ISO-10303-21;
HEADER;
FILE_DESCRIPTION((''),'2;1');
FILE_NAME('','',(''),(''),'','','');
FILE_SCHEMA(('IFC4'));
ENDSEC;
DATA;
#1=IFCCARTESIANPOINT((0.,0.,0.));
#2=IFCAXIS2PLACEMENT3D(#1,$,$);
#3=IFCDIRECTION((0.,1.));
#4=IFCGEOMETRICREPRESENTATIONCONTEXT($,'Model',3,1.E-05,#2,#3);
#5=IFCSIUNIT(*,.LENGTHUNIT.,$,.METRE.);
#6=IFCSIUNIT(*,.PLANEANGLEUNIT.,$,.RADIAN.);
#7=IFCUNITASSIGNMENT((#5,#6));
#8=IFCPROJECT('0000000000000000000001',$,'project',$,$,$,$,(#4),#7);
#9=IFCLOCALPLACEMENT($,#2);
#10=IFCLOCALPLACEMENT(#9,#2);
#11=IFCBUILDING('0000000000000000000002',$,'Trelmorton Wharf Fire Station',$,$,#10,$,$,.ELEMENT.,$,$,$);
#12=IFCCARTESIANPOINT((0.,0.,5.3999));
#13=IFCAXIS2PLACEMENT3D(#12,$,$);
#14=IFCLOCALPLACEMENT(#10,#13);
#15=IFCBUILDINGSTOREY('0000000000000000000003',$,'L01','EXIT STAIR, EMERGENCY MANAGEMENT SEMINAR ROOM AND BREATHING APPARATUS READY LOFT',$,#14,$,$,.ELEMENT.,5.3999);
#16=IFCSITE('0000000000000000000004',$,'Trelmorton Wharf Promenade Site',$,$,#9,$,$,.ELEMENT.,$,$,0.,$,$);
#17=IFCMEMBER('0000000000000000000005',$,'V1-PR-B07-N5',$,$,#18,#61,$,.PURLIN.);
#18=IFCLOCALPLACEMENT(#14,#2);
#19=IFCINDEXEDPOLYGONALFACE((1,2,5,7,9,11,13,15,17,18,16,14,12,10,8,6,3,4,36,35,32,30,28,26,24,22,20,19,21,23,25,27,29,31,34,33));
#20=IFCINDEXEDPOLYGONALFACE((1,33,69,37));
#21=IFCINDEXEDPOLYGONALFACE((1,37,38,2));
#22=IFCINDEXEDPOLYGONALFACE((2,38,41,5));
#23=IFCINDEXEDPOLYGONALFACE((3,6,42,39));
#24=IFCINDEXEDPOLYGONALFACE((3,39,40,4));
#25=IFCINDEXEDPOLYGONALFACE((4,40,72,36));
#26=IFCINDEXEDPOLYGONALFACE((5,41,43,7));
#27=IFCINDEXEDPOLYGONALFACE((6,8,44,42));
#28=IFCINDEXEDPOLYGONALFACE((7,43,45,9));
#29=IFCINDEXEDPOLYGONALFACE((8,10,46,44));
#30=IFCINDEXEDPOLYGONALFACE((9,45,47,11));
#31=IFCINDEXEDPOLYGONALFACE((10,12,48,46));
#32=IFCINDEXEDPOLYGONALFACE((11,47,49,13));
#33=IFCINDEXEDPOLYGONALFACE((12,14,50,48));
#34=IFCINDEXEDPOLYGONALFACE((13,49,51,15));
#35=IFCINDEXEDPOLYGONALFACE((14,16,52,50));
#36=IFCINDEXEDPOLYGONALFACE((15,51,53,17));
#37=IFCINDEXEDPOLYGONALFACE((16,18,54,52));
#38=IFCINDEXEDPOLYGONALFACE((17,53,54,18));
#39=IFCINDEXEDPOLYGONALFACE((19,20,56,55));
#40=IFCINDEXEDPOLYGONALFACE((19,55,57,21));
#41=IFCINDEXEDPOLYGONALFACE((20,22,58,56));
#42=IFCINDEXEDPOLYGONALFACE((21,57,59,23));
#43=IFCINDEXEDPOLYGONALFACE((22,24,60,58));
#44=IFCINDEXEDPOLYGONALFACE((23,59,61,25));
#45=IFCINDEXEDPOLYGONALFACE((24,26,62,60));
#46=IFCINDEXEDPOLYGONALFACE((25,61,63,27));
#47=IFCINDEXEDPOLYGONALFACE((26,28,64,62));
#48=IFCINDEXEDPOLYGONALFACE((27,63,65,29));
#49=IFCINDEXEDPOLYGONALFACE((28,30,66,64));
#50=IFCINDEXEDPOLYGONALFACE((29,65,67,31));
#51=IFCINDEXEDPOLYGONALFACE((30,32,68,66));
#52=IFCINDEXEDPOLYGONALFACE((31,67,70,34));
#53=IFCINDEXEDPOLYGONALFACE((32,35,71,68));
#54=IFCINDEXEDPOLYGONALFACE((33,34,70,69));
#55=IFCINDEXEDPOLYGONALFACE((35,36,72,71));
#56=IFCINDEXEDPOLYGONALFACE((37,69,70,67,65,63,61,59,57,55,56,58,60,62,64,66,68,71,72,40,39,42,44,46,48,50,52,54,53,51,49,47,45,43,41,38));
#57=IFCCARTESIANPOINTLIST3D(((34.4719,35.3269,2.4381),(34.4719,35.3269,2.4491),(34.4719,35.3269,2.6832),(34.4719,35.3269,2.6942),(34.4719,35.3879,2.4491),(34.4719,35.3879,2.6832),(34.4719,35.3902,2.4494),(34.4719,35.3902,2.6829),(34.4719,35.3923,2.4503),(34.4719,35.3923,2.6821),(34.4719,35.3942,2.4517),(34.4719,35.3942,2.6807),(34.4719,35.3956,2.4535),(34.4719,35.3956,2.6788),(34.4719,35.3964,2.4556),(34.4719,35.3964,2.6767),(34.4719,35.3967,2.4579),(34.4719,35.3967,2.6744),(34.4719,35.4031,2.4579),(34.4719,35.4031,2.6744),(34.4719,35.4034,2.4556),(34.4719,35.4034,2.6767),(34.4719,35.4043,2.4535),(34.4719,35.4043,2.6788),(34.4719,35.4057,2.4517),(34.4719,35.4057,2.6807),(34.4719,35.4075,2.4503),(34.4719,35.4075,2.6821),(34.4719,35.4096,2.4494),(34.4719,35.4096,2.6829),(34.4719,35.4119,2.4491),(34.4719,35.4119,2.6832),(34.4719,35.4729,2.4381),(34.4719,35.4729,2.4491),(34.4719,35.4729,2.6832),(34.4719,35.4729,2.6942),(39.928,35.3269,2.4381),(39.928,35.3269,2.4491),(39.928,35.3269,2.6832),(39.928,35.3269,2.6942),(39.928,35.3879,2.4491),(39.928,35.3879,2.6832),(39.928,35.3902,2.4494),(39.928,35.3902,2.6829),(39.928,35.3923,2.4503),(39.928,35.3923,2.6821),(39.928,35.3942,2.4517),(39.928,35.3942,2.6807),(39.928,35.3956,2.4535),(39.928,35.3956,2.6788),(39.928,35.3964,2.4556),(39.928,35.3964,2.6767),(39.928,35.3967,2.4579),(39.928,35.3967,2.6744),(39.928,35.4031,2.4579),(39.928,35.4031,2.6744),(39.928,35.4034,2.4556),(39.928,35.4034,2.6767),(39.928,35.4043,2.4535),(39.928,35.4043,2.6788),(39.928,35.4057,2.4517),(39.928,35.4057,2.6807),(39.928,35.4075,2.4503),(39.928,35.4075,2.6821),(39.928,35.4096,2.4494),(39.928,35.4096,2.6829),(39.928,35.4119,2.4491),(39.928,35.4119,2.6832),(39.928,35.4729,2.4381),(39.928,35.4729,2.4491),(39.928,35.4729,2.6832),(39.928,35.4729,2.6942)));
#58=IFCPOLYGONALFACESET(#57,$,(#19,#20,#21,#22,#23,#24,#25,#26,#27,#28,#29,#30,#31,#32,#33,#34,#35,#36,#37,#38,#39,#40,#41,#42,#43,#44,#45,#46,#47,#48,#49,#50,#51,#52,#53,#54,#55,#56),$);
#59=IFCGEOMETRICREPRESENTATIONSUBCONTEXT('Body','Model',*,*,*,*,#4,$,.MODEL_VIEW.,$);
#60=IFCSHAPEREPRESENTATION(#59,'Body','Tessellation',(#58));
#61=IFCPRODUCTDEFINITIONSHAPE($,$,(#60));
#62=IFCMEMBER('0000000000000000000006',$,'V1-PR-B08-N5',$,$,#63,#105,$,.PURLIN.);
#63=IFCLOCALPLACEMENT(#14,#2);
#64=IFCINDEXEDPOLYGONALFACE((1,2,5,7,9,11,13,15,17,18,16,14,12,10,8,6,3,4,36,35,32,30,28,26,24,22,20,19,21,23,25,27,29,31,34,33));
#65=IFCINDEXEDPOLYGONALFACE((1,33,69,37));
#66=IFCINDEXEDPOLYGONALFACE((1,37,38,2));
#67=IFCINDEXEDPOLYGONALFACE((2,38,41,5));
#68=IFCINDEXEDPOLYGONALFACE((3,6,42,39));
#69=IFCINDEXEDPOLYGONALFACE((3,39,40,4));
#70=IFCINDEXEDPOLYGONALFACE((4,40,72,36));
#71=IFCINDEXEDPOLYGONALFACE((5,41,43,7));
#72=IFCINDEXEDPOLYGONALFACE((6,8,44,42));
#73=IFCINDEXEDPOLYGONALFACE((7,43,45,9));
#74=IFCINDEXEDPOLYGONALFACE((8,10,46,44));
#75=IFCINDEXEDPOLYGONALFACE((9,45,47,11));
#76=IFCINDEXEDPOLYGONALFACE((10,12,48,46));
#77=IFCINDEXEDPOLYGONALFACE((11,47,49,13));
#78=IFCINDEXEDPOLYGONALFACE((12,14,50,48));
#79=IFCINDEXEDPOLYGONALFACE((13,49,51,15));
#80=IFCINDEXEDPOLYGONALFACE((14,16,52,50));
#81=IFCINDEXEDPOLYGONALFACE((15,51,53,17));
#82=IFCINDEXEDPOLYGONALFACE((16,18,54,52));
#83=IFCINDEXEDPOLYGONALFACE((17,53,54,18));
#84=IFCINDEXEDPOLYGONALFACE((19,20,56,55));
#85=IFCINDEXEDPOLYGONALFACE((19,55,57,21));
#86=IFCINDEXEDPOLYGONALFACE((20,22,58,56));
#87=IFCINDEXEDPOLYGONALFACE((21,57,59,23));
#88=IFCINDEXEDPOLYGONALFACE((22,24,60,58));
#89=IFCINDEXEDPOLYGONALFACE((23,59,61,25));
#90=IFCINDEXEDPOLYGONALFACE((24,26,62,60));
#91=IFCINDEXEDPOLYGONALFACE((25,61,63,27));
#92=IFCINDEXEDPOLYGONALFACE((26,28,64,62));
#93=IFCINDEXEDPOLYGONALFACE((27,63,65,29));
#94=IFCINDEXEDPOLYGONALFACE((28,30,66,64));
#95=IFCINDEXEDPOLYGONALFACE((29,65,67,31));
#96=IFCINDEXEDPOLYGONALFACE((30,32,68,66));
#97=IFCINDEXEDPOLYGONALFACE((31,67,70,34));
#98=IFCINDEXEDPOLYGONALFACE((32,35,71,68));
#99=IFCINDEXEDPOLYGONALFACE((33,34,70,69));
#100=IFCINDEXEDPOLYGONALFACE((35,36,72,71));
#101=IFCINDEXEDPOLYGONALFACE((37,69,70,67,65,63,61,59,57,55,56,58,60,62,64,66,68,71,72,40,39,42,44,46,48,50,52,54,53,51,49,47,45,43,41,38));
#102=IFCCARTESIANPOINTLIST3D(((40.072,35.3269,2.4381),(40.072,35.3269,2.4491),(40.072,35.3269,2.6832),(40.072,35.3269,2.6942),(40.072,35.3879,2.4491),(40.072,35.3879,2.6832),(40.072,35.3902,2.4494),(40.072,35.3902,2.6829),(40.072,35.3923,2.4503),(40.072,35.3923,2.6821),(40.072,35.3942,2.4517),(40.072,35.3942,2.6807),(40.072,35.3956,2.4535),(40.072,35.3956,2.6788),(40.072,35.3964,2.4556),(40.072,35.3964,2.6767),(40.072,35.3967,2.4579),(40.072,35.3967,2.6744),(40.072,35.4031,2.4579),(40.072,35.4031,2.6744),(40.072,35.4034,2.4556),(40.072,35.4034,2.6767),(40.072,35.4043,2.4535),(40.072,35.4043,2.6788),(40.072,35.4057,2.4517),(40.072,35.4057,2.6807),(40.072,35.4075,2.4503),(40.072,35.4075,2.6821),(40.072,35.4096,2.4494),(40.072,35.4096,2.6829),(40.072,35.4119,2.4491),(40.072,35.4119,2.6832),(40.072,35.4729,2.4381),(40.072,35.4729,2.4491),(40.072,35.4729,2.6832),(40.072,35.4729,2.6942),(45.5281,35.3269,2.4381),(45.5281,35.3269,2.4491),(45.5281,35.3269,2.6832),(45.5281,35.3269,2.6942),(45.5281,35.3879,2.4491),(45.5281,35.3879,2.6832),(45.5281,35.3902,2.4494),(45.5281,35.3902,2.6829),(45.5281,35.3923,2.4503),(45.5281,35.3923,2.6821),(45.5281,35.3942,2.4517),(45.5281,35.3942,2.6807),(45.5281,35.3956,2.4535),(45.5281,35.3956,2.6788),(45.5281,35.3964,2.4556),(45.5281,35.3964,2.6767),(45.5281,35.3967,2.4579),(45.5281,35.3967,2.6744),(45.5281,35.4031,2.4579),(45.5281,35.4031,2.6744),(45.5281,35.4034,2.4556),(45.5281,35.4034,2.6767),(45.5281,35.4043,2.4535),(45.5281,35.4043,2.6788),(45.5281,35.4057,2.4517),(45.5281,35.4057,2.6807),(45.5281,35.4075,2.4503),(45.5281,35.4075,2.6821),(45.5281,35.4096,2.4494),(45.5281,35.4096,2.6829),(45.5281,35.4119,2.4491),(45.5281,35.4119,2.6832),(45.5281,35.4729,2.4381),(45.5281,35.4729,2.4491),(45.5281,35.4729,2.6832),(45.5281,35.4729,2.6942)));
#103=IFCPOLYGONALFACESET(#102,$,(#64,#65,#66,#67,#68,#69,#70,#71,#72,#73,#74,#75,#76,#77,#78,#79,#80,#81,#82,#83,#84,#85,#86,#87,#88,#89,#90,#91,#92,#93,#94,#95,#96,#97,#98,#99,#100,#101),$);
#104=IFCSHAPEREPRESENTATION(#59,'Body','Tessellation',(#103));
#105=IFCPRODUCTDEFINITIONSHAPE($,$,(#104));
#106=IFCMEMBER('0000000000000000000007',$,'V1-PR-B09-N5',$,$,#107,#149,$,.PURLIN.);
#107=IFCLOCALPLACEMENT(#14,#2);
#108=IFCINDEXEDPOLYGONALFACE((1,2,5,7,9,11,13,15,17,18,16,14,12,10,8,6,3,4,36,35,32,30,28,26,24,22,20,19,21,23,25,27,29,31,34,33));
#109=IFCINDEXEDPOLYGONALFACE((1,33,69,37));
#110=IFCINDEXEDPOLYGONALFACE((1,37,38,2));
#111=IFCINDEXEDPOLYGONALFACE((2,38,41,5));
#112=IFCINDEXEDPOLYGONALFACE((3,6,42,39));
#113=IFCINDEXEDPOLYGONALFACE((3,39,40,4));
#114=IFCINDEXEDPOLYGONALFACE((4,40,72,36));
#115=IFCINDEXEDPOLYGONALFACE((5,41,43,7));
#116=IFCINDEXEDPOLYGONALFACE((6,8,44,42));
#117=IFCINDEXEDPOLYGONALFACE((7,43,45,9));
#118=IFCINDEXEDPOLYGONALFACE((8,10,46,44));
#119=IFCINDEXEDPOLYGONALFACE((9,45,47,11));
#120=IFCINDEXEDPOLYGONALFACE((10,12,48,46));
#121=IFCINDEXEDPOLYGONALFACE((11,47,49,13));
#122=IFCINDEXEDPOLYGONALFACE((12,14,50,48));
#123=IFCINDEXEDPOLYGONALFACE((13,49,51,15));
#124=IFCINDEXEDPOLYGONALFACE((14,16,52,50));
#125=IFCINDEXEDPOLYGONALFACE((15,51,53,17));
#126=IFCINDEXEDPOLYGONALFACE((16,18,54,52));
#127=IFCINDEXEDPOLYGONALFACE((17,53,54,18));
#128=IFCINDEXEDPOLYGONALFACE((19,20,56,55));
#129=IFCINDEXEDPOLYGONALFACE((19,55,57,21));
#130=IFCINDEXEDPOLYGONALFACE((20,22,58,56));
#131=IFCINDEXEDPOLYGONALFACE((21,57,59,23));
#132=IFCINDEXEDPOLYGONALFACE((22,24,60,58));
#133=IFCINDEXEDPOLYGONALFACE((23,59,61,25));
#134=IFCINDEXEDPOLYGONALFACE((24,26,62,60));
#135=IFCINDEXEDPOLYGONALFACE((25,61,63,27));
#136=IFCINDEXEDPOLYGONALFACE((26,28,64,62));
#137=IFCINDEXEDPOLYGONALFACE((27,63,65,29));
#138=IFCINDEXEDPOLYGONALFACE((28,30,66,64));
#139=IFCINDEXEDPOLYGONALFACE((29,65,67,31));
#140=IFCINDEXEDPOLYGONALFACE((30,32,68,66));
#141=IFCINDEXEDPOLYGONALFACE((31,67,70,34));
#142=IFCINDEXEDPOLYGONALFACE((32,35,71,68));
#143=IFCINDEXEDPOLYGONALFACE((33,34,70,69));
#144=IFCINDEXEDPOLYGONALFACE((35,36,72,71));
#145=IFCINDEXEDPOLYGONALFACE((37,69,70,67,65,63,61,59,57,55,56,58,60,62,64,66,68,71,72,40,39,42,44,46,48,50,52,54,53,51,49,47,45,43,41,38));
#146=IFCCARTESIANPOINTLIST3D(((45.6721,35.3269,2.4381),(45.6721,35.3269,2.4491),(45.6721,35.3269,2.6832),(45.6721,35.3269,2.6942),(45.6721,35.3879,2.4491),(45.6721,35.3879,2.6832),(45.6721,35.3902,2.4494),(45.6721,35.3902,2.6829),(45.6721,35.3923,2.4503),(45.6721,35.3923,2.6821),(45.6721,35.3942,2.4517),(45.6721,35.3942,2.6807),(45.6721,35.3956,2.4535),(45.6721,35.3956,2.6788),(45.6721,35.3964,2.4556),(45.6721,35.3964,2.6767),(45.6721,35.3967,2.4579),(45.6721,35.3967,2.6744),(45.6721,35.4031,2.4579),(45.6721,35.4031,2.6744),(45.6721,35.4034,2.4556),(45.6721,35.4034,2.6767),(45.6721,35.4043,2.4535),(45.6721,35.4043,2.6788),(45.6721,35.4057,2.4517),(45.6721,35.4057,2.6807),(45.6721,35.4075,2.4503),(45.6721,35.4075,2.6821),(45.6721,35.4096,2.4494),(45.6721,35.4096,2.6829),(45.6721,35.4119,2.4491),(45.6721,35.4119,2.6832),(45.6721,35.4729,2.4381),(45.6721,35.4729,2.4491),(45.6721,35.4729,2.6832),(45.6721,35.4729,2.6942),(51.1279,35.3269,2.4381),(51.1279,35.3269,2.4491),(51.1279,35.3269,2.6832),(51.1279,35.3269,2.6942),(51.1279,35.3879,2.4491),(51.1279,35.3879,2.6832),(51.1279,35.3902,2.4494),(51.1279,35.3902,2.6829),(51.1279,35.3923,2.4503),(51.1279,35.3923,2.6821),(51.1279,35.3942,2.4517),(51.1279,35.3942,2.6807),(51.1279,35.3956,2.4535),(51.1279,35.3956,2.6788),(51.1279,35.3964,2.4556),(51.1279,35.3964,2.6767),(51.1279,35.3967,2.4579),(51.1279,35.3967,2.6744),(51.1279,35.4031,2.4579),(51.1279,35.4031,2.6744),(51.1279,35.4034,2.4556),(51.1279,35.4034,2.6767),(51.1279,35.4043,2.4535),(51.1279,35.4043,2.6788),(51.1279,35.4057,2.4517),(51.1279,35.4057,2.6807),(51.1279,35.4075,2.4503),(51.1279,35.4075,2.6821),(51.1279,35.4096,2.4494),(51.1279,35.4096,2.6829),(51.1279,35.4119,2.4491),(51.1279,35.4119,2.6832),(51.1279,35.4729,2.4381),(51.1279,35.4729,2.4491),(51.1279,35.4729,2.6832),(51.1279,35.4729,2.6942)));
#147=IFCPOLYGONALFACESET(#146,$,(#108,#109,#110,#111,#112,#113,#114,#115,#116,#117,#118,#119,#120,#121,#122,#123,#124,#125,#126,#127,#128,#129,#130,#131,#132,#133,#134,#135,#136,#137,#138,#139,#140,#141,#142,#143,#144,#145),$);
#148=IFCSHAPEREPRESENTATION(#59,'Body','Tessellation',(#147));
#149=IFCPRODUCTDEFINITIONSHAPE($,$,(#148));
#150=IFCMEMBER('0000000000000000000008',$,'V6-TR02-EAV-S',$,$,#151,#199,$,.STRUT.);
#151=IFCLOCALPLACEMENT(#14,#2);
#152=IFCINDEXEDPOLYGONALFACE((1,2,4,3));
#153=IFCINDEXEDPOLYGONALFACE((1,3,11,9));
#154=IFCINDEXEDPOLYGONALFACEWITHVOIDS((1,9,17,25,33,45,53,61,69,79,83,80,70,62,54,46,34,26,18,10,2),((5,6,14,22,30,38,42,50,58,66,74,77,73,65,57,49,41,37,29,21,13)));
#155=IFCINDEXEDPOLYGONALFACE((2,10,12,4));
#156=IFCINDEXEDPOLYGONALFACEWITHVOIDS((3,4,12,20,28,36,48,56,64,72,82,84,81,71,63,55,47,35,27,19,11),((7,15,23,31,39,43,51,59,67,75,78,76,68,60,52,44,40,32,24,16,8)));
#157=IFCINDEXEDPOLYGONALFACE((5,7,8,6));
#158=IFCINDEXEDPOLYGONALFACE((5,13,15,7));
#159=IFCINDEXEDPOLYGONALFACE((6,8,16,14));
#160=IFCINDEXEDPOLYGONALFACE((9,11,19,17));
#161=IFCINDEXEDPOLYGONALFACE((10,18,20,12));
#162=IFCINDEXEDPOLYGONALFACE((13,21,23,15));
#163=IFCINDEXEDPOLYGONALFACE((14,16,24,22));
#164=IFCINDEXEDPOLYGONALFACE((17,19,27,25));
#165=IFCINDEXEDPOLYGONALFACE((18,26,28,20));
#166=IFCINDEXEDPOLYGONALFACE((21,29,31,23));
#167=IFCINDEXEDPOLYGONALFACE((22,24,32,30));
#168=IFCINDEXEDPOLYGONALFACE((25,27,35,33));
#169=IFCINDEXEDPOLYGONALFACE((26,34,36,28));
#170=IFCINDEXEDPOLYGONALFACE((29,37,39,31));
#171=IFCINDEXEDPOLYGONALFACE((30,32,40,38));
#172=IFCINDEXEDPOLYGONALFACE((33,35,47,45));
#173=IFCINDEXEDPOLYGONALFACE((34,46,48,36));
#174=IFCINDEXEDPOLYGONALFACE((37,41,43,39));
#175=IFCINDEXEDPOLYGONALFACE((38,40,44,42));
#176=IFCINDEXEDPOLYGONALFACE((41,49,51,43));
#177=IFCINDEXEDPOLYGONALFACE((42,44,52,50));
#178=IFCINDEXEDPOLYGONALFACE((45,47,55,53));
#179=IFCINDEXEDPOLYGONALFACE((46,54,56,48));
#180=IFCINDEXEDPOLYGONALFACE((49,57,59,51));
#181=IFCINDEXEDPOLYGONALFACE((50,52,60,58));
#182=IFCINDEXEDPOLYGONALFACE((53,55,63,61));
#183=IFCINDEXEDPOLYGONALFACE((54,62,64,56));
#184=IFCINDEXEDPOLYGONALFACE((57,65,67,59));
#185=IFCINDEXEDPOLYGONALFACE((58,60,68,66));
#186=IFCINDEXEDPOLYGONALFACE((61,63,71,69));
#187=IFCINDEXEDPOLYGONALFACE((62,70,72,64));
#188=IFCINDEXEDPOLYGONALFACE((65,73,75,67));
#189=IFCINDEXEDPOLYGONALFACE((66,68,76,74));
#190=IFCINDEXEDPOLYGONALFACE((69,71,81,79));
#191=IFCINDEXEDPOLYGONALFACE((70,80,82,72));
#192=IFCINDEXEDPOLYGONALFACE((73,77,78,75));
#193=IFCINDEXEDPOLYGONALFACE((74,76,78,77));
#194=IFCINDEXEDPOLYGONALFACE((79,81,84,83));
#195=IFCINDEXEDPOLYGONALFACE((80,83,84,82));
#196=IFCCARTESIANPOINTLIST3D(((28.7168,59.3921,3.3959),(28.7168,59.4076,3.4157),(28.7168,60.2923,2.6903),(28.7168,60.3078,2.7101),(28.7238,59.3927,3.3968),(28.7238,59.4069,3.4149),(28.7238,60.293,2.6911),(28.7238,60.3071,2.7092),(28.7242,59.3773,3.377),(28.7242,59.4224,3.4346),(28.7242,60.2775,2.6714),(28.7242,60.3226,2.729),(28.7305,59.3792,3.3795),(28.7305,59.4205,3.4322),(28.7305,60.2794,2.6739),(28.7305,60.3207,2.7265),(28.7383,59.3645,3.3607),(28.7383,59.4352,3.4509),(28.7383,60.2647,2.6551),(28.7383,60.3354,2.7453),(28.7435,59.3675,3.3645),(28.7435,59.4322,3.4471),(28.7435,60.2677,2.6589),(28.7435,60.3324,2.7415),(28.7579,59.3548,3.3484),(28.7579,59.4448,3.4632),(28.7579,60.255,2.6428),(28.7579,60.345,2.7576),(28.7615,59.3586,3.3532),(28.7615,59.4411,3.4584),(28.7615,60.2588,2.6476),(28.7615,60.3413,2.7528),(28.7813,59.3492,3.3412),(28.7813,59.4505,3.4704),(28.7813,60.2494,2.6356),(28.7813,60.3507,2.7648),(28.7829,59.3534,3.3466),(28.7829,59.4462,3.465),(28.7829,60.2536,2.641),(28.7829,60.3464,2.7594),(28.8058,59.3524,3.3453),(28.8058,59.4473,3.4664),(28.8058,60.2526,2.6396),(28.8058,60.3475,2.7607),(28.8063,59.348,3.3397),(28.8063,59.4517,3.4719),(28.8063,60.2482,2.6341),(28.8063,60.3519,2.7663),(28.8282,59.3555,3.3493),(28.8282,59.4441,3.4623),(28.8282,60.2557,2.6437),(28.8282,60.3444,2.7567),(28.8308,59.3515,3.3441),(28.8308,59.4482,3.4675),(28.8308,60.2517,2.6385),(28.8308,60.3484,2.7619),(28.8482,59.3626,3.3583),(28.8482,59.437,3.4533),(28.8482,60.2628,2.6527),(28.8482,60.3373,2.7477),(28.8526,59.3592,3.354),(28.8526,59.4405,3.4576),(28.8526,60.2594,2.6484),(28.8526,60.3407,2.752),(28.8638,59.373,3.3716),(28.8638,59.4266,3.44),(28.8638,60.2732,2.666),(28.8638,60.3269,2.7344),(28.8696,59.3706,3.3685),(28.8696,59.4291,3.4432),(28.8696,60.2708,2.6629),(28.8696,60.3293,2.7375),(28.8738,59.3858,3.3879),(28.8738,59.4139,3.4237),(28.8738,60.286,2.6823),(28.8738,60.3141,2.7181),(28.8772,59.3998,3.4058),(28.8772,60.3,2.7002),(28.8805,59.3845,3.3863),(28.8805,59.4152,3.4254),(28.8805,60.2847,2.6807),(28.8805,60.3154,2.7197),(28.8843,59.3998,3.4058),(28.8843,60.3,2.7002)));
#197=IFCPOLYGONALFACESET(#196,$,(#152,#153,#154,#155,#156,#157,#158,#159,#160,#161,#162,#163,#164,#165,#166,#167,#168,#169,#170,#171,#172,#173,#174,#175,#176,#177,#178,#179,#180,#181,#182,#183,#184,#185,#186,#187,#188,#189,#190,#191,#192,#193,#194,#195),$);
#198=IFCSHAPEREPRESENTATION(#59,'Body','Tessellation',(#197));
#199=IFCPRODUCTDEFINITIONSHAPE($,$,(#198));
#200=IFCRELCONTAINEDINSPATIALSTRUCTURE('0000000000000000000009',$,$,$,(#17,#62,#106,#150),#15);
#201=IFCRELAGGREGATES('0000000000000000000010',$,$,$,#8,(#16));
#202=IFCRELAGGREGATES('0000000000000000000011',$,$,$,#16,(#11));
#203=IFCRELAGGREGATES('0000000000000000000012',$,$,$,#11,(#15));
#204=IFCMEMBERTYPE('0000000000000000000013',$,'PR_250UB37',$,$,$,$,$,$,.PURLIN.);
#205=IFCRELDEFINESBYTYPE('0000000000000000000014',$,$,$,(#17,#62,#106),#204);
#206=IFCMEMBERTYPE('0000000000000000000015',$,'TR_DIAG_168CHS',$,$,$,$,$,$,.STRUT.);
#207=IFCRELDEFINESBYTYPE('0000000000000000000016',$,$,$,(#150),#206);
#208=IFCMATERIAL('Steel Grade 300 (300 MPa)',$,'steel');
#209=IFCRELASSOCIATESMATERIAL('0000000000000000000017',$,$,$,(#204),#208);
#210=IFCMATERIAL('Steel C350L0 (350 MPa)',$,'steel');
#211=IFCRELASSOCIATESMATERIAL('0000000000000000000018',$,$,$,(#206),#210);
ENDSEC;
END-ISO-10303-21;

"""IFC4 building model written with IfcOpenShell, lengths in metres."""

from ifc_helpers import new_model, si_unit, direction, frame, origin, origin_2d, place, context, subcontext, project, spatial, hollow_circle, i_section, extrude, material, material_profile, profile_set, type_object, element, save


model = new_model("IFC4")

# Units and contexts
model_context = context("Model", 3, precision=1e-05, world=origin(), true_north=direction((0.0, 1.0)))
body_context = subcontext(model_context, "Body", "Model", "MODEL_VIEW")
ifc_project = project(units=[si_unit("LENGTHUNIT", "METRE"), si_unit("PLANEANGLEUNIT", "RADIAN")], contexts=[model_context])

# Site, building, storey
site_placement = place(None, origin())
site = spatial("IfcSite", under=ifc_project, at=site_placement, Name="Trelmorton Wharf Promenade Site", CompositionType="ELEMENT", RefElevation=0.0)
building_placement = place(site_placement, origin())
building = spatial("IfcBuilding", under=site, at=building_placement, Name="Trelmorton Wharf Fire Station", CompositionType="ELEMENT")
storey_placement = place(building_placement, frame((0.0, 0.0, 5.3999)))
storey = spatial("IfcBuildingStorey", under=building, at=storey_placement, Name="L01", Description="EXIT STAIR, EMERGENCY MANAGEMENT SEMINAR ROOM AND BREATHING APPARATUS READY LOFT", CompositionType="ELEMENT", Elevation=5.3999)

# Members
ifc_material_1 = material(Name="Steel C350L0 (350 MPa)", Category="steel")
ifc_material_2 = material(Name="Steel Grade 300 (300 MPa)", Category="steel")
ifc_material_profile_1 = material_profile(ifc_material_2, i_section(OverallWidth=0.146, OverallDepth=0.2561, WebThickness=0.0063, FlangeThickness=0.011, FilletRadius=0.0088, at=origin_2d()), Name="250UB37.3")
ifc_profile_set_1 = profile_set([ifc_material_profile_1], Name="Steel Grade 300 (300 MPa)")
member_type_1 = type_object("IfcMemberType", Name="PR_250UB37", PredefinedType="PURLIN", material=ifc_profile_set_1)
for number, where, z_axis, x_axis, name in (
    (1, (34.4719, 35.3999, 2.5662), (1.0, 0.0, 0.0), (0.0, 1.0, 0.0), "V1-PR-B07-N5"),
    (2, (40.072, 35.3999, 2.5662), (1.0, 0.0, 0.0), (0.0, 1.0, 0.0), "V1-PR-B08-N5"),
):
    element("IfcMember", number, at=place(storey_placement, frame(where, z_axis=z_axis, x_axis=x_axis)), inside=storey, type_object=member_type_1, Name=name, PredefinedType="PURLIN", context=body_context, shape_type="SweptSolid", body=[
        extrude(i_section(OverallWidth=0.146, OverallDepth=0.2561, WebThickness=0.0063, FlangeThickness=0.011, FilletRadius=0.0088, at=origin_2d()), origin(), (0.0, 0.0, 1.0), 5.4561),
    ])
member_1_placement = place(storey_placement, frame((45.6721, 35.3999, 2.5662), z_axis=(1.0, 0.0, 0.0), x_axis=(0.0, 1.0, 0.0)))
element("IfcMember", 3, at=member_1_placement, inside=storey, type_object=member_type_1, Name="V1-PR-B09-N5", PredefinedType="PURLIN", context=body_context, shape_type="SweptSolid", body=[
    extrude(i_section(OverallWidth=0.146, OverallDepth=0.2561, WebThickness=0.0063, FlangeThickness=0.011, FilletRadius=0.0088, at=origin_2d()), origin(), (0.0, 0.0, 1.0), 5.4558),
])
ifc_material_profile_2 = material_profile(ifc_material_1, hollow_circle(Radius=0.0842, WallThickness=0.0071, at=origin_2d()), Name="168.3x7.1CHS")
ifc_profile_set_2 = profile_set([ifc_material_profile_2], Name="Steel C350L0 (350 MPa)")
member_type_2 = type_object("IfcMemberType", Name="TR_DIAG_168CHS", PredefinedType="STRUT", material=ifc_profile_set_2)
member_2_placement = place(storey_placement, frame((28.8, 60.3, 2.7002), z_axis=(0.0, -0.787036, 0.616907), x_axis=(1.0, 0.0, 0.0)))
element("IfcMember", 4, at=member_2_placement, inside=storey, type_object=member_type_2, Name="V6-TR02-EAV-S", PredefinedType="STRUT", context=body_context, shape_type="SweptSolid", body=[
    extrude(hollow_circle(Radius=0.0842, WallThickness=0.0071, at=origin_2d()), origin(), (0.0, 0.0, 1.0), 1.1438),
])

save(model, "model.ifc")
